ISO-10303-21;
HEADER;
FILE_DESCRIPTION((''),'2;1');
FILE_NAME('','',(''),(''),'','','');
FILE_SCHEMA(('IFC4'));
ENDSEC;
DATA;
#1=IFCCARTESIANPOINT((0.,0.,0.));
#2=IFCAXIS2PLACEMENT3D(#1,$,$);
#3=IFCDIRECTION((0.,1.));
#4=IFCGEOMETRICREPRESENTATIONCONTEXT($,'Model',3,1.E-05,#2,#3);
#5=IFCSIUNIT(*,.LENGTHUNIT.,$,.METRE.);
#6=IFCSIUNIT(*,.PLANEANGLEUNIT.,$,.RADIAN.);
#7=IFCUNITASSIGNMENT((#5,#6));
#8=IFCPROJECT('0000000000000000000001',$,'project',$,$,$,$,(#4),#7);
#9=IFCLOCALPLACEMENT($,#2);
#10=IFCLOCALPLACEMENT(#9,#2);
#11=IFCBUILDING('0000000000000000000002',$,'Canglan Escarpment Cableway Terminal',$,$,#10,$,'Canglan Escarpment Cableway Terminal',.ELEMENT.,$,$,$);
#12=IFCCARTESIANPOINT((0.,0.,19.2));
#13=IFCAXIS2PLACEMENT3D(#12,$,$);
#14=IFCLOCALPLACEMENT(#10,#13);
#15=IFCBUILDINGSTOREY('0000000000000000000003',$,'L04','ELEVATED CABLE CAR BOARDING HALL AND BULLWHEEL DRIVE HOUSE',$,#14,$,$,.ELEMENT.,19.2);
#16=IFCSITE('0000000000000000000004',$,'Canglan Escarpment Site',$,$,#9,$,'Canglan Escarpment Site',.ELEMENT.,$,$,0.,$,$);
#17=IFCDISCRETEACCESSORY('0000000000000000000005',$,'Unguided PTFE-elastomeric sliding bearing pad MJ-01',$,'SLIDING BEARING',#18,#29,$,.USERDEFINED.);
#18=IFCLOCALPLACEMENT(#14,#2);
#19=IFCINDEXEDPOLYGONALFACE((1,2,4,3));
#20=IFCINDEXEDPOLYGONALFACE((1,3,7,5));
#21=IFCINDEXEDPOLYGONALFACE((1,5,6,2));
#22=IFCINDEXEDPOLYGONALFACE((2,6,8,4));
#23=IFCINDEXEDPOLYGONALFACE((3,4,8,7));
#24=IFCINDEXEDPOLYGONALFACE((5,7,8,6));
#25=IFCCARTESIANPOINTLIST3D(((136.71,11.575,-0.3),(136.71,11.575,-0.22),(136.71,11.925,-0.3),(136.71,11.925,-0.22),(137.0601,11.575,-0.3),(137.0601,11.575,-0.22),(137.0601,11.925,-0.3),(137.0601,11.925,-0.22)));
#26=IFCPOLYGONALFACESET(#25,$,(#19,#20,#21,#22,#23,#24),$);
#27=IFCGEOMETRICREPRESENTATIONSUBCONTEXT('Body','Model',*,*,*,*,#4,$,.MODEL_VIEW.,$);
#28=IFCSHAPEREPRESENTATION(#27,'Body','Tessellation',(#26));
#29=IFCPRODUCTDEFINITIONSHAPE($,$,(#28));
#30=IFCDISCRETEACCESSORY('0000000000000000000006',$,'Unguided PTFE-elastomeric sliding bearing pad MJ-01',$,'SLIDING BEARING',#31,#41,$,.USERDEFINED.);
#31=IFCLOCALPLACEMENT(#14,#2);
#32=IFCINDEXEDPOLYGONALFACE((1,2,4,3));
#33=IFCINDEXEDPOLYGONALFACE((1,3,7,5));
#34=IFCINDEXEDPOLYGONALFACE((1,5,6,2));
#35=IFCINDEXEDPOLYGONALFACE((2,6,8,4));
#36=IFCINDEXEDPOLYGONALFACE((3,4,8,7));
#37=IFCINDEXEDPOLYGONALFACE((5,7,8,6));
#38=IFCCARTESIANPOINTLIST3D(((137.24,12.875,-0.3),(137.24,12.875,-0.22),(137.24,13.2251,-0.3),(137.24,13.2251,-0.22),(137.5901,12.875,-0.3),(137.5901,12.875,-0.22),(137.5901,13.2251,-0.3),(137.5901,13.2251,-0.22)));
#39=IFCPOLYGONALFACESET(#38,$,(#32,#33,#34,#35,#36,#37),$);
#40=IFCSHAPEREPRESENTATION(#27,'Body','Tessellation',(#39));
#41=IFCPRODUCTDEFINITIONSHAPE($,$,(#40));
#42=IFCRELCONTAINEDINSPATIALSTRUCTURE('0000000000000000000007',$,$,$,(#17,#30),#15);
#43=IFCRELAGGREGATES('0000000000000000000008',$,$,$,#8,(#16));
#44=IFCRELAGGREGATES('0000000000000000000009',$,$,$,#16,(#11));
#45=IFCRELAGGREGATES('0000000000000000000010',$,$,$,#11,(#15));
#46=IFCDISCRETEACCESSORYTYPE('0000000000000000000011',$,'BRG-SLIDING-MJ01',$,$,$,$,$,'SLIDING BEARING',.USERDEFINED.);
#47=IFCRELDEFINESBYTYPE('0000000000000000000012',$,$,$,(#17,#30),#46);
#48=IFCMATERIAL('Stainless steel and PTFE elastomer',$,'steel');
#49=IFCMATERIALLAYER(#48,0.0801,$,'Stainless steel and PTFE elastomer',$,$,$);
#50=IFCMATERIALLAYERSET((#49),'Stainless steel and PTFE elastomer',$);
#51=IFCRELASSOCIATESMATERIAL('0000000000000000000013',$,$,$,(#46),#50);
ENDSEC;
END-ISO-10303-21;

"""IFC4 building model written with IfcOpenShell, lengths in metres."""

from ifc_helpers import new_model, si_unit, direction, frame, origin, origin_2d, place, context, subcontext, project, spatial, rectangle, extrude, material, layer, layer_set, type_object, element, save


model = new_model("IFC4")

# Units and contexts
model_context = context("Model", 3, precision=1e-05, world=origin(), true_north=direction((0.0, 1.0)))
body_context = subcontext(model_context, "Body", "Model", "MODEL_VIEW")
ifc_project = project(units=[si_unit("LENGTHUNIT", "METRE"), si_unit("PLANEANGLEUNIT", "RADIAN")], contexts=[model_context])

# Site, building, storey
site_placement = place(None, origin())
site = spatial("IfcSite", under=ifc_project, at=site_placement, Name="Canglan Escarpment Site", LongName="Canglan Escarpment Site", CompositionType="ELEMENT", RefElevation=0.0)
building_placement = place(site_placement, origin())
building = spatial("IfcBuilding", under=site, at=building_placement, Name="Canglan Escarpment Cableway Terminal", LongName="Canglan Escarpment Cableway Terminal", CompositionType="ELEMENT")
storey_placement = place(building_placement, frame((0.0, 0.0, 19.2)))
storey = spatial("IfcBuildingStorey", under=building, at=storey_placement, Name="L04", Description="ELEVATED CABLE CAR BOARDING HALL AND BULLWHEEL DRIVE HOUSE", CompositionType="ELEMENT", Elevation=19.2)

# Discrete accessories
ifc_material_1 = material(Name="Stainless steel and PTFE elastomer", Category="steel")
ifc_layer_1 = layer(ifc_material_1, 0.0801, Name="Stainless steel and PTFE elastomer")
ifc_layer_set_1 = layer_set([ifc_layer_1], Name="Stainless steel and PTFE elastomer")
discrete_accessory_type_1 = type_object("IfcDiscreteAccessoryType", Name="BRG-SLIDING-MJ01", ElementType="SLIDING BEARING", PredefinedType="USERDEFINED", material=ifc_layer_set_1)
for number, where, z_axis, x_axis, name in (
    (1, (136.885, 11.75, -0.3), (0.0, 0.0, 1.0), (1.0, 0.0, 0.0), "Unguided PTFE-elastomeric sliding bearing pad MJ-01"),
    (2, (137.415, 13.05, -0.3), (0.0, 0.0, 1.0), (1.0, 0.0, 0.0), "Unguided PTFE-elastomeric sliding bearing pad MJ-01"),
):
    element("IfcDiscreteAccessory", number, at=place(storey_placement, frame(where, z_axis=z_axis, x_axis=x_axis)), inside=storey, type_object=discrete_accessory_type_1, Name=name, ObjectType="SLIDING BEARING", PredefinedType="USERDEFINED", context=body_context, shape_type="SweptSolid", body=[
        extrude(rectangle(XDim=0.3501, YDim=0.3501, at=origin_2d()), origin(), (0.0, 0.0, 1.0), 0.0801),
    ])

save(model, "model.ifc")
